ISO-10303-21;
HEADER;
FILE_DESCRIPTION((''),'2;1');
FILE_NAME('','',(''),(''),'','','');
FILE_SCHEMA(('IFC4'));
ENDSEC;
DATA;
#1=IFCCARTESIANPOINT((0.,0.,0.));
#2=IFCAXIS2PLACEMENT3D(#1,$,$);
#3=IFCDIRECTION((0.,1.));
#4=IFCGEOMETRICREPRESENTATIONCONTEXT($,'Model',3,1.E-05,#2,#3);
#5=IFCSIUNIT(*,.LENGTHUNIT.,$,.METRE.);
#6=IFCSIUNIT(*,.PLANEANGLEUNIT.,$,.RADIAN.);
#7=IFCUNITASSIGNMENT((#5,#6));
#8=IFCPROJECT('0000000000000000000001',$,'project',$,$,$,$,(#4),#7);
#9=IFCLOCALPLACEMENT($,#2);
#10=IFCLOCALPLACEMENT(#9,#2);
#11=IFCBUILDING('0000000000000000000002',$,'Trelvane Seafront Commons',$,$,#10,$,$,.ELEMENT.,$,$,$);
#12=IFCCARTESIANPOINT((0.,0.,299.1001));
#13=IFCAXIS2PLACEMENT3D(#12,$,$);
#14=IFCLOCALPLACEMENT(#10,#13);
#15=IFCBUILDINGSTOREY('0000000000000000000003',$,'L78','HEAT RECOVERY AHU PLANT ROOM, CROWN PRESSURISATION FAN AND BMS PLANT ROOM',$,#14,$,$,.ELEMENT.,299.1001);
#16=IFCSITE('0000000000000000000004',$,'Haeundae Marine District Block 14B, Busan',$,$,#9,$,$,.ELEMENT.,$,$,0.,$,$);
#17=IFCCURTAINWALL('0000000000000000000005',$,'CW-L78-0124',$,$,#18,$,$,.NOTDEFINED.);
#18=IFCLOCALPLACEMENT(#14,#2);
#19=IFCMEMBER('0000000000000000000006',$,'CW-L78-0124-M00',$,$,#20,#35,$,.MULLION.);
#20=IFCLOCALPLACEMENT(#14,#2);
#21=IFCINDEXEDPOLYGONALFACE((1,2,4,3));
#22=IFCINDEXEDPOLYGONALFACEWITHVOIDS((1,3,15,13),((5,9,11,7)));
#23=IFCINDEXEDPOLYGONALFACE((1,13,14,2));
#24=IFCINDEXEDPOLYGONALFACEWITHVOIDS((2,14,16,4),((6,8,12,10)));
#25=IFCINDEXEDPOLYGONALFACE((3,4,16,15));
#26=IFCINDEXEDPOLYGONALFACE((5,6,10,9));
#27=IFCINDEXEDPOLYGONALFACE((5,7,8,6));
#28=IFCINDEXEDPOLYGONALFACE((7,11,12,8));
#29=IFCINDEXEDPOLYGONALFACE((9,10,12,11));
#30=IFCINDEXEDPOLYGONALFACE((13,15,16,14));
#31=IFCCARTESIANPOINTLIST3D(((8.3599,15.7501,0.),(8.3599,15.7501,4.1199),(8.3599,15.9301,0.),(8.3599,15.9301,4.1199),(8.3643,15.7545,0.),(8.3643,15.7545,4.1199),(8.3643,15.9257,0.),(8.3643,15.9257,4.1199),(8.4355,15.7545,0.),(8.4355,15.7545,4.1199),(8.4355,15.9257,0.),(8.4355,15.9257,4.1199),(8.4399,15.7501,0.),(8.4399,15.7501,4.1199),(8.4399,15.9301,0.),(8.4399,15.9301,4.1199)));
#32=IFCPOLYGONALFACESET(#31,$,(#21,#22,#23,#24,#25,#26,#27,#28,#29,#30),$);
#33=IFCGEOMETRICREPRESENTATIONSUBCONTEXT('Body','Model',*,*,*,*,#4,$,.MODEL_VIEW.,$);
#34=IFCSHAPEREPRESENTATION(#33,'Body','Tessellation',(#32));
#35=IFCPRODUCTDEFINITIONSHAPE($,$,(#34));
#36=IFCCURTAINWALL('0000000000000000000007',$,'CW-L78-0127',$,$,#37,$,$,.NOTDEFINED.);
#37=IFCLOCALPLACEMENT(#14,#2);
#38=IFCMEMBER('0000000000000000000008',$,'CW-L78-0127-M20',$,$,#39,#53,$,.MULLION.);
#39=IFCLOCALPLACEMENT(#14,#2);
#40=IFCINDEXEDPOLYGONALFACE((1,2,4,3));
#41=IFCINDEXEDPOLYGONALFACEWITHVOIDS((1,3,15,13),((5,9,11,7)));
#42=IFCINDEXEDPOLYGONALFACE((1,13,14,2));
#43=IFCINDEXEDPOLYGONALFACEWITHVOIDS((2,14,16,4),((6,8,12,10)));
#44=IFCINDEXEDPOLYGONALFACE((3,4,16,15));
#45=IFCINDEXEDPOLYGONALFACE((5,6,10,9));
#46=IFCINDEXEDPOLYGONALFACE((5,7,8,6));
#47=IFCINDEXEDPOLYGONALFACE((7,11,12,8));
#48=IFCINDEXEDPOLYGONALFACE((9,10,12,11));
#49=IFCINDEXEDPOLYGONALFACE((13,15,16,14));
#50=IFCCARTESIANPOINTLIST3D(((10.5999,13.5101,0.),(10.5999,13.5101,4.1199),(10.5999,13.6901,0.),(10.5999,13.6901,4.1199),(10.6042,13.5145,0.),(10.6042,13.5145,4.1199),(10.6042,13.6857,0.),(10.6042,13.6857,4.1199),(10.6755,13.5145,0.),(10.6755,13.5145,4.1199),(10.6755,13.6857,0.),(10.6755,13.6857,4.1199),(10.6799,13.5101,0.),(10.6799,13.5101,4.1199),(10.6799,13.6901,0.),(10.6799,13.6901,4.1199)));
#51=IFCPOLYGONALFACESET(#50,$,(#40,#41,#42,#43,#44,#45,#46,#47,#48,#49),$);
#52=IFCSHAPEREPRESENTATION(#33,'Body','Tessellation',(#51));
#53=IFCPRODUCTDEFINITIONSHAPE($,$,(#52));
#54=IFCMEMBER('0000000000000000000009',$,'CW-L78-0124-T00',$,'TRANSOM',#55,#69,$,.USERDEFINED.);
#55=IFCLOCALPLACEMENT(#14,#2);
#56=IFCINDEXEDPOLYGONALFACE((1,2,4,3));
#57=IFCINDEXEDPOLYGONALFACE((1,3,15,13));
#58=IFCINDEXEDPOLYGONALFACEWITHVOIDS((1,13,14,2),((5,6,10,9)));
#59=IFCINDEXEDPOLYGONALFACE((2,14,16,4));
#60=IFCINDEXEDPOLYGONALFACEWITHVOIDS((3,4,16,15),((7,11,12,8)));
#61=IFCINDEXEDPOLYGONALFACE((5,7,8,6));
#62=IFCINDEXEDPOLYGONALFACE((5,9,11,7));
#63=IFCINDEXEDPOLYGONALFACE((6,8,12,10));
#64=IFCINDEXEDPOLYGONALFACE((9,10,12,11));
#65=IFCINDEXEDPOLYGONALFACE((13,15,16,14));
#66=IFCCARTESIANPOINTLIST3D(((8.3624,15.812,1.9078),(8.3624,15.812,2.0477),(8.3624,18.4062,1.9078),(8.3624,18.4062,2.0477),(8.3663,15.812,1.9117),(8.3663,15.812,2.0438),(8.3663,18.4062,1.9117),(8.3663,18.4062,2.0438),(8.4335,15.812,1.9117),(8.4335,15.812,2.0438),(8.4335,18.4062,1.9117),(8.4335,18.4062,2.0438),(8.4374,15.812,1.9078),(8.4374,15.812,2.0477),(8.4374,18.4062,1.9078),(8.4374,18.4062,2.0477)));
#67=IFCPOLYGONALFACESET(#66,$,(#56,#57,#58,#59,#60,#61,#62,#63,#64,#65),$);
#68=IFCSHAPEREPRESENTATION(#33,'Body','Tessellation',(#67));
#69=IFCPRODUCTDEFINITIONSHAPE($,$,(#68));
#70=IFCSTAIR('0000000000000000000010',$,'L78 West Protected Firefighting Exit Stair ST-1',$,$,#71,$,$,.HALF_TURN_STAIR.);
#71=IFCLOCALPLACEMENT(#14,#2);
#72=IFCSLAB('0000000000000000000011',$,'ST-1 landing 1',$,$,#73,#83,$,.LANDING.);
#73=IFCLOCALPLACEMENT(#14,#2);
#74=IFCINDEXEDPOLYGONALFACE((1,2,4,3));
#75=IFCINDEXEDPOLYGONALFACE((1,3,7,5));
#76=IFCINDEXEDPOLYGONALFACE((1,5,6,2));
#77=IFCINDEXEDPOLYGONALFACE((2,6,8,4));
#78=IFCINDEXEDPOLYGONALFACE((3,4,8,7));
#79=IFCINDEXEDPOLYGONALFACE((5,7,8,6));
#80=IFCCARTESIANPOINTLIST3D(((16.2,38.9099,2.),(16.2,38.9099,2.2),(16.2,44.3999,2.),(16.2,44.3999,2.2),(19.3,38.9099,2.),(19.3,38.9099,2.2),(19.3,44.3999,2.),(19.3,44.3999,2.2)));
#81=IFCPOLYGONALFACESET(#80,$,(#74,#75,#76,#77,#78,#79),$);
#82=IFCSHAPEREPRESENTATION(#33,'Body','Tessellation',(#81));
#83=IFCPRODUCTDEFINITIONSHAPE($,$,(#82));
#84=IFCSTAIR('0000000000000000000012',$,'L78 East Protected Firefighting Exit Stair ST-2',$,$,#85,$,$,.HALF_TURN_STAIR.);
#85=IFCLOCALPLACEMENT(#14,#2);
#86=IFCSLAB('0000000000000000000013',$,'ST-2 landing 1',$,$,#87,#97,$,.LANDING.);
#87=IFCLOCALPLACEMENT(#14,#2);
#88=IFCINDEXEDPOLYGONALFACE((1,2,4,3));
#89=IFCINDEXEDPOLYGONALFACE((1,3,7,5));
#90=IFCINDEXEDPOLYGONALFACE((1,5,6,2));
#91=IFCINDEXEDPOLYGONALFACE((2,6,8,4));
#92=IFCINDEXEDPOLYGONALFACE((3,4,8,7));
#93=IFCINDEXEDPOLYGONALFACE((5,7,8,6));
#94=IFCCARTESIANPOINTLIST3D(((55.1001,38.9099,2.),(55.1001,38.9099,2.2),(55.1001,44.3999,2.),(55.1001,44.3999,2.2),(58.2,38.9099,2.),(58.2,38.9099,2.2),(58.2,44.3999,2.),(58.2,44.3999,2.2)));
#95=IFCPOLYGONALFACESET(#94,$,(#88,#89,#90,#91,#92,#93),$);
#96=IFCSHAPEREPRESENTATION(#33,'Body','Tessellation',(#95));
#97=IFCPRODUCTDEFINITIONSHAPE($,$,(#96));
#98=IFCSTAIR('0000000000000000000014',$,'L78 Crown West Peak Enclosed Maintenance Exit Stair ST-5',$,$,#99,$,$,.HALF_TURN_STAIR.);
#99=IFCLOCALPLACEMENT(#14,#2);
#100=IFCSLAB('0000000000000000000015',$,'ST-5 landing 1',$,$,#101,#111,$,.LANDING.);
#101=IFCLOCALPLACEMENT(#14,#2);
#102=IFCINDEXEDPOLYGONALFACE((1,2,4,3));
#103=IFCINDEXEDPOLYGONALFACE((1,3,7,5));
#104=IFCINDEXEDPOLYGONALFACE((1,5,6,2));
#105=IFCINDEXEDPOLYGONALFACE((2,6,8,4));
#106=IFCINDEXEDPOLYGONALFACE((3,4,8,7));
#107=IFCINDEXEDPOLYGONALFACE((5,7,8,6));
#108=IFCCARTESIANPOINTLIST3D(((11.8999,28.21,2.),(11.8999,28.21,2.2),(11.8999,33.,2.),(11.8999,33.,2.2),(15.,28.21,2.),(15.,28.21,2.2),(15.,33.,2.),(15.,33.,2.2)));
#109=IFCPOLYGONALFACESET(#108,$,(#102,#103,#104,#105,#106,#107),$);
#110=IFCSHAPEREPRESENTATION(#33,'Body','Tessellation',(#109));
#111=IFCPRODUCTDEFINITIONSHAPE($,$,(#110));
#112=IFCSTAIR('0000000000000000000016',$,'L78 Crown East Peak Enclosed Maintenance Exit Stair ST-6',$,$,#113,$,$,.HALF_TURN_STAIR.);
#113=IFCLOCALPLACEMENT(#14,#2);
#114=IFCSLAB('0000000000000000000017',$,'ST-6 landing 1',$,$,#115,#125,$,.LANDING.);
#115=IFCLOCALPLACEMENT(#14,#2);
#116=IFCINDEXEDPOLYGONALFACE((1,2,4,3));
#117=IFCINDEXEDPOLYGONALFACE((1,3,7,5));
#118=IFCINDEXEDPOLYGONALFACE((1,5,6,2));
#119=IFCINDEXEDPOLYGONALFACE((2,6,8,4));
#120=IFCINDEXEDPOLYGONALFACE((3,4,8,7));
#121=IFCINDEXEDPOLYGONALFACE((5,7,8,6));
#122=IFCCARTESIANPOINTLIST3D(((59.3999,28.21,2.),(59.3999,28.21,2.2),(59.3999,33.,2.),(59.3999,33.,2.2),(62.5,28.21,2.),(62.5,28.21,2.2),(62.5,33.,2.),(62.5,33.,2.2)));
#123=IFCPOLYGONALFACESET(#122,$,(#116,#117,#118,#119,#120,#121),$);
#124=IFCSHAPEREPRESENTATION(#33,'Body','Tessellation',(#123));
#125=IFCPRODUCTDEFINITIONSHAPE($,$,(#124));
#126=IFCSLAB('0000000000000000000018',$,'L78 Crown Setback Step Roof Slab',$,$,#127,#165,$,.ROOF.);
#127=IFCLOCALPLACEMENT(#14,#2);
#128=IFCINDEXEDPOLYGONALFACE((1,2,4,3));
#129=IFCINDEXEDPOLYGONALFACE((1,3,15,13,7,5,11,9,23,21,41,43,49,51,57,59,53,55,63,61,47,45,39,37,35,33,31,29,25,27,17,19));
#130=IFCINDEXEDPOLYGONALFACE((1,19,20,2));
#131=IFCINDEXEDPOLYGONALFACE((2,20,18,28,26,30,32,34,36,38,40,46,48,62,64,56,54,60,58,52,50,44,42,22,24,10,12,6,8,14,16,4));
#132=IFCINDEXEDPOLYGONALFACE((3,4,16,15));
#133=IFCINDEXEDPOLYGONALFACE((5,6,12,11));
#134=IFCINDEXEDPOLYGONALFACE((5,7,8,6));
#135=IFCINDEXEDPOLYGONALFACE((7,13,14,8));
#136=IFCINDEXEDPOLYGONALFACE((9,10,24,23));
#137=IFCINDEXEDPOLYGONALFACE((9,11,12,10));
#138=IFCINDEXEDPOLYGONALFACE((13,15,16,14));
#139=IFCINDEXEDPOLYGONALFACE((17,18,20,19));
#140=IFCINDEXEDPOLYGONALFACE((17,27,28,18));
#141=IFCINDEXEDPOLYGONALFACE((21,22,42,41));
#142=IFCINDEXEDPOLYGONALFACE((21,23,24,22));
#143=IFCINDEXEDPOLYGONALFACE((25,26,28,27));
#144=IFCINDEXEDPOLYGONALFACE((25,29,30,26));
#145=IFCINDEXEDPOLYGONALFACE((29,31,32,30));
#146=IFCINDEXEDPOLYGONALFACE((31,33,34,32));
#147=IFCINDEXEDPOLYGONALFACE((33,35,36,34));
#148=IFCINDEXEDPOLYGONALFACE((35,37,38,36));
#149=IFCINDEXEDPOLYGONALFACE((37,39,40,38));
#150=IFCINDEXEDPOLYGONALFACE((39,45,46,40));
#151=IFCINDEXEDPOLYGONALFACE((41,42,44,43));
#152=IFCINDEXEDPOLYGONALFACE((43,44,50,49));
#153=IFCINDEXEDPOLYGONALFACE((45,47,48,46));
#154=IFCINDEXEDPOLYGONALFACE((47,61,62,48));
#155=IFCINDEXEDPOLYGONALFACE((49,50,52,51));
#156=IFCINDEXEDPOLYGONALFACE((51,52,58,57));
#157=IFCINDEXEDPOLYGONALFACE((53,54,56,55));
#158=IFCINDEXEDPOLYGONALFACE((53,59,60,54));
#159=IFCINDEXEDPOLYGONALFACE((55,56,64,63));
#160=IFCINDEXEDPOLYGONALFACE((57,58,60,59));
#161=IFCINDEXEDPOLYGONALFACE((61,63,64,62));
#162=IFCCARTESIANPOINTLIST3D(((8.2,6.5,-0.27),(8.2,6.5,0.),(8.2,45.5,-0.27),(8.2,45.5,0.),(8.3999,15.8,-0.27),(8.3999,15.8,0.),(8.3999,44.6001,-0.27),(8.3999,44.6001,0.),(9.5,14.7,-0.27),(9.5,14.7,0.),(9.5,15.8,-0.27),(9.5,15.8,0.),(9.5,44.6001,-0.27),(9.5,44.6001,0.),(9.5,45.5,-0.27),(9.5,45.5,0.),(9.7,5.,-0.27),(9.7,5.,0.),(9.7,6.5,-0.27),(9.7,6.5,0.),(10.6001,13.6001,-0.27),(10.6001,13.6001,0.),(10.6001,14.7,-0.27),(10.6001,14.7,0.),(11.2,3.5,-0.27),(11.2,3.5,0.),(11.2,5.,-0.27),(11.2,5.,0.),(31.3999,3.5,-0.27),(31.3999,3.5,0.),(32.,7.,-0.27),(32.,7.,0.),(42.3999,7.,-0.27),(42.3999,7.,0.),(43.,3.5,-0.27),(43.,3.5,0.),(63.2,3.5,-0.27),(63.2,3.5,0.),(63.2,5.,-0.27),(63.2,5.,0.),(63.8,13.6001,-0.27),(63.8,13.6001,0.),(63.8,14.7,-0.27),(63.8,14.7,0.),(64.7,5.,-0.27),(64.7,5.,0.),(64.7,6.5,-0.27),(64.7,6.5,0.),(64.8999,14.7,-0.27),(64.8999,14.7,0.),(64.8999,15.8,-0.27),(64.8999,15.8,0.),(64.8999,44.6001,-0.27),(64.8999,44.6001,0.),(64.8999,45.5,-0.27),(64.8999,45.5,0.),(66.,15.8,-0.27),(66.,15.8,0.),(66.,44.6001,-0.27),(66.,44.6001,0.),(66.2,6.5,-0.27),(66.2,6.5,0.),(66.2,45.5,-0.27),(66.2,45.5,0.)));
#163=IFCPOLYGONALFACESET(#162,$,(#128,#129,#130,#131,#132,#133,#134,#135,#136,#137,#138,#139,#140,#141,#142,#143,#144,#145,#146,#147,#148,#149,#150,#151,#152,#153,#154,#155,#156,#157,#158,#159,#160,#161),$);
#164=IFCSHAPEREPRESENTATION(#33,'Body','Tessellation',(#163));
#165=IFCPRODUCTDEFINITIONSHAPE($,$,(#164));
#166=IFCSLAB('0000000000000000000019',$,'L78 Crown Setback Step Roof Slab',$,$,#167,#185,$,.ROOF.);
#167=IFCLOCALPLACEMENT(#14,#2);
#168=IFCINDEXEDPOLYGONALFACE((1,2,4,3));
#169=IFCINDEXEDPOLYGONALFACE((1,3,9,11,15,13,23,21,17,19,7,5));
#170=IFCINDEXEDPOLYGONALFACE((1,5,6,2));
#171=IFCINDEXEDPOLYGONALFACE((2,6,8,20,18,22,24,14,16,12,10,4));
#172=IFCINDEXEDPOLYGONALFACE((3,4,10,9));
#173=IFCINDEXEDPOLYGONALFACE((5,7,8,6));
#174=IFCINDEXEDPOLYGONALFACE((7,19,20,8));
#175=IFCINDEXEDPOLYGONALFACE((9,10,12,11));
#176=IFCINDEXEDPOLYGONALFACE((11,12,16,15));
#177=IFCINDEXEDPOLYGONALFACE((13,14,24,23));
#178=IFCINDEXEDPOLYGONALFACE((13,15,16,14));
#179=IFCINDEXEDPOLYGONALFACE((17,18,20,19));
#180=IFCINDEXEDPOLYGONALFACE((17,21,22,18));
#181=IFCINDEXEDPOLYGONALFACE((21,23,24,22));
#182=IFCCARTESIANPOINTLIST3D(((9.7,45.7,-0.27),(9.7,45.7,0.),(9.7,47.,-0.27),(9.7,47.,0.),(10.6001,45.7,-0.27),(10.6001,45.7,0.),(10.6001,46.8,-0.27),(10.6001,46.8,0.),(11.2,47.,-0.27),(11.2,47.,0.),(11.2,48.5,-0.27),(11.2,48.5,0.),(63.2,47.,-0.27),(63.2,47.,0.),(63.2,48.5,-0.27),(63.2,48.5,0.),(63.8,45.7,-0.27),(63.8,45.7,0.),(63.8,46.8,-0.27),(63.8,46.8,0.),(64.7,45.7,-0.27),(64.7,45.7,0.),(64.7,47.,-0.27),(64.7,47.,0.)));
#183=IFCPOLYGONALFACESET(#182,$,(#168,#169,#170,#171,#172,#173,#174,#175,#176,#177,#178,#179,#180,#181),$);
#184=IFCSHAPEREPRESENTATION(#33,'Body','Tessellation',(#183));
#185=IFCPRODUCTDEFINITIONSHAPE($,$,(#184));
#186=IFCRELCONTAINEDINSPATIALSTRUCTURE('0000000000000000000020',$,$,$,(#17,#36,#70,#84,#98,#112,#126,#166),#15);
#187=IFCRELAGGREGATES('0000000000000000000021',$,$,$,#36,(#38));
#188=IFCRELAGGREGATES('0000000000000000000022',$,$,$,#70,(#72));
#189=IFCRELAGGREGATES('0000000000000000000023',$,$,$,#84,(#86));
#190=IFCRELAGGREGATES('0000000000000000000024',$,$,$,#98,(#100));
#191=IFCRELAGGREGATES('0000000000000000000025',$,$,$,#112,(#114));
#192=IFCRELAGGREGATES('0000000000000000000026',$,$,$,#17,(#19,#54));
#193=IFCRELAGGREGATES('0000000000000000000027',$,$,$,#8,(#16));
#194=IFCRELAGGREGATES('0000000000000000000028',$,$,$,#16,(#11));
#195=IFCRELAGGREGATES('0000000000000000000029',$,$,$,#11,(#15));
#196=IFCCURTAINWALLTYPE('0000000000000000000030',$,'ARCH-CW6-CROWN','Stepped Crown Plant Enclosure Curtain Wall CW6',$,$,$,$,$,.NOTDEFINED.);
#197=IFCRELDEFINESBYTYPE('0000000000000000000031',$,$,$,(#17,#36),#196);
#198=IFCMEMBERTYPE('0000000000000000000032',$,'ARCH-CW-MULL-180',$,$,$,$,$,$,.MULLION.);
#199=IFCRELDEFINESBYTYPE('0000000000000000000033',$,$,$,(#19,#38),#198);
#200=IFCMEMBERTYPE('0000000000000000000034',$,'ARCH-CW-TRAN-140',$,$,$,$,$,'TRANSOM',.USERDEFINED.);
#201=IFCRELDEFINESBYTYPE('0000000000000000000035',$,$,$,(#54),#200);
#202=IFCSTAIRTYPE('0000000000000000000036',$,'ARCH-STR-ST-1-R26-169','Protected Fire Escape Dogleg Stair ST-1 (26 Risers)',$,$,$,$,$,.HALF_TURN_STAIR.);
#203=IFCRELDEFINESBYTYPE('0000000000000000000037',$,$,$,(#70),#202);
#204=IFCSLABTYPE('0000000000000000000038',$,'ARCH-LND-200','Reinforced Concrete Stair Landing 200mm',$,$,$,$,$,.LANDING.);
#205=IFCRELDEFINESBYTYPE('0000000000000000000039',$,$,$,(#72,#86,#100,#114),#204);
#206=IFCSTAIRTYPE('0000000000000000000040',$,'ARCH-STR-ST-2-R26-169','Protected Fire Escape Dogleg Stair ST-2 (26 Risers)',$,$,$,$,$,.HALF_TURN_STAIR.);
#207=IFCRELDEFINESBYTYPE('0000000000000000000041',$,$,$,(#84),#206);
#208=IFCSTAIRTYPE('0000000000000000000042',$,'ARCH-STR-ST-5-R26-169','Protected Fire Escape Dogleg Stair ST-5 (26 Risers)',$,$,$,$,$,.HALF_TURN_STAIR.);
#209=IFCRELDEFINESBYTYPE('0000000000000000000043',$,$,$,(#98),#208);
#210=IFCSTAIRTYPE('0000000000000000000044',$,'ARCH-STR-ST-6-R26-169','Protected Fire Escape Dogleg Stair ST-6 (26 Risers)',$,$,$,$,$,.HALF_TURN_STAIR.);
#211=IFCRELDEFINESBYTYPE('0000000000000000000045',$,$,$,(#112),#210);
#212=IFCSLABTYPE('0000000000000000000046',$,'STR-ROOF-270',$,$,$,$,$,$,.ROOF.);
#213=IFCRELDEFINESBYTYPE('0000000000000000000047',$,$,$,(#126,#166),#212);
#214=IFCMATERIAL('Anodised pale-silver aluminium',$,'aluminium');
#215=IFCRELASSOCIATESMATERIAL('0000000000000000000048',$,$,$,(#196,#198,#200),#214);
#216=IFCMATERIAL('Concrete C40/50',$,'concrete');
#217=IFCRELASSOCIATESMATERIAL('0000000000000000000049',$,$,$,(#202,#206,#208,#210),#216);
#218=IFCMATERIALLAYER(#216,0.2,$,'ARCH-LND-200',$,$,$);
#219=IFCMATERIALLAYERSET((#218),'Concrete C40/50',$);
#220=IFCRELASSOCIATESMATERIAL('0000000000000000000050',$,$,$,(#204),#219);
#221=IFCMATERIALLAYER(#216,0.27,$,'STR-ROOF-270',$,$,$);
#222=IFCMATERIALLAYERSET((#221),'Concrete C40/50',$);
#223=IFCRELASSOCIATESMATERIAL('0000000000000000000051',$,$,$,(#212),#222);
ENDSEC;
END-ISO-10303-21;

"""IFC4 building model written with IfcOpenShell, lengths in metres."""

from ifc_helpers import new_model, si_unit, direction, frame, origin, origin_2d, place, context, subcontext, project, spatial, polyline, hollow_rectangle, outline, extrude, source, transform, mapped, material, layer, layer_set, material_profile, profile_set, type_object, element, aggregate, save


model = new_model("IFC4")

# Units and contexts
model_context = context("Model", 3, precision=1e-05, world=origin(), true_north=direction((0.0, 1.0)))
body_context = subcontext(model_context, "Body", "Model", "MODEL_VIEW")
ifc_project = project(units=[si_unit("LENGTHUNIT", "METRE"), si_unit("PLANEANGLEUNIT", "RADIAN")], contexts=[model_context])

# Site, building, storey
site_placement = place(None, origin())
site = spatial("IfcSite", under=ifc_project, at=site_placement, Name="Haeundae Marine District Block 14B, Busan", CompositionType="ELEMENT", RefElevation=0.0)
building_placement = place(site_placement, origin())
building = spatial("IfcBuilding", under=site, at=building_placement, Name="Trelvane Seafront Commons", CompositionType="ELEMENT")
storey_placement = place(building_placement, frame((0.0, 0.0, 299.1001)))
storey = spatial("IfcBuildingStorey", under=building, at=storey_placement, Name="L78", Description="HEAT RECOVERY AHU PLANT ROOM, CROWN PRESSURISATION FAN AND BMS PLANT ROOM", CompositionType="ELEMENT", Elevation=299.1001)

# Curtain walls, members
ifc_material_1 = material(Name="Anodised pale-silver aluminium", Category="aluminium")
curtain_wall_type = type_object("IfcCurtainWallType", Name="ARCH-CW6-CROWN", Description="Stepped Crown Plant Enclosure Curtain Wall CW6", PredefinedType="NOTDEFINED", material=ifc_material_1)
curtain_wall_1_placement = place(storey_placement, origin())
curtain_wall_1 = element("IfcCurtainWall", 1, at=curtain_wall_1_placement, inside=storey, type_object=curtain_wall_type, Name="CW-L78-0124", PredefinedType="NOTDEFINED")
ifc_material_profile_1 = material_profile(ifc_material_1, hollow_rectangle(XDim=0.0801, YDim=0.1799, WallThickness=0.0044, at=origin_2d()), Name="MULL-80x180x4.5")
ifc_profile_set_1 = profile_set([ifc_material_profile_1], Name="Anodised pale-silver aluminium")
member_type_1 = type_object("IfcMemberType", Name="ARCH-CW-MULL-180", PredefinedType="MULLION", material=ifc_profile_set_1)
shared_shape_1 = source(origin(), body_context, "Body", "SweptSolid", [
    extrude(hollow_rectangle(XDim=0.0801, YDim=0.1799, WallThickness=0.0044, at=origin_2d()), origin(), (0.0, 0.0, 1.0), 4.1199),
])
member_1_placement = place(storey_placement, frame((8.3999, 15.8401, 0.0), z_axis=(0.0, 0.0, 1.0), x_axis=(1.0, 0.0, 0.0)))
member_1 = element("IfcMember", 2, at=member_1_placement, type_object=member_type_1, Name="CW-L78-0124-M00", PredefinedType="MULLION", context=body_context, shape_type="MappedRepresentation", body=[
    mapped(shared_shape_1, transform((0.0, 0.0, 0.0), x_axis=(1.0, 0.0, 0.0), y_axis=(0.0, 1.0, 0.0), z_axis=(0.0, 0.0, 1.0), scale=1.0)),
])
curtain_wall_2_placement = place(storey_placement, origin())
curtain_wall_2 = element("IfcCurtainWall", 3, at=curtain_wall_2_placement, inside=storey, type_object=curtain_wall_type, Name="CW-L78-0127", PredefinedType="NOTDEFINED")
member_2_placement = place(storey_placement, frame((10.6399, 13.6001, 0.0), z_axis=(0.0, 0.0, 1.0), x_axis=(1.0, 0.0, 0.0)))
member_2 = element("IfcMember", 4, at=member_2_placement, type_object=member_type_1, Name="CW-L78-0127-M20", PredefinedType="MULLION", context=body_context, shape_type="MappedRepresentation", body=[
    mapped(shared_shape_1, transform((0.0, 0.0, 0.0), x_axis=(1.0, 0.0, 0.0), y_axis=(0.0, 1.0, 0.0), z_axis=(0.0, 0.0, 1.0), scale=1.0)),
])
aggregate(curtain_wall_2, [member_2])

# Member
ifc_material_profile_2 = material_profile(ifc_material_1, hollow_rectangle(XDim=0.075, YDim=0.1399, WallThickness=0.0039, at=origin_2d()), Name="TRAN-75x140x4")
ifc_profile_set_2 = profile_set([ifc_material_profile_2], Name="Anodised pale-silver aluminium")
member_type_2 = type_object("IfcMemberType", Name="ARCH-CW-TRAN-140", ElementType="TRANSOM", PredefinedType="USERDEFINED", material=ifc_profile_set_2)
shared_shape_2 = source(origin(), body_context, "Body", "SweptSolid", [
    extrude(hollow_rectangle(XDim=0.075, YDim=0.1399, WallThickness=0.0039, at=origin_2d()), origin(), (0.0, 0.0, 1.0), 2.5942),
])
member_3_placement = place(storey_placement, frame((8.3999, 15.812, 1.9778), z_axis=(0.0, 1.0, 0.0), x_axis=(-1.0, 0.0, 0.0)))
member_3 = element("IfcMember", 5, at=member_3_placement, type_object=member_type_2, Name="CW-L78-0124-T00", ObjectType="TRANSOM", PredefinedType="USERDEFINED", context=body_context, shape_type="MappedRepresentation", body=[
    mapped(shared_shape_2, transform((0.0, 0.0, 0.0), x_axis=(1.0, 0.0, 0.0), y_axis=(0.0, 1.0, 0.0), z_axis=(0.0, 0.0, 1.0), scale=1.0)),
])

# Stairs, slabs
ifc_material_2 = material(Name="Concrete C40/50", Category="concrete")
stair_type_1 = type_object("IfcStairType", Name="ARCH-STR-ST-1-R26-169", Description="Protected Fire Escape Dogleg Stair ST-1 (26 Risers)", PredefinedType="HALF_TURN_STAIR", material=ifc_material_2)
stair_1_placement = place(storey_placement, origin())
stair_1 = element("IfcStair", 6, at=stair_1_placement, inside=storey, type_object=stair_type_1, Name="L78 West Protected Firefighting Exit Stair ST-1", PredefinedType="HALF_TURN_STAIR")
ifc_layer_1 = layer(ifc_material_2, 0.2, Name="ARCH-LND-200")
ifc_layer_set_1 = layer_set([ifc_layer_1], Name="Concrete C40/50")
slab_type_1 = type_object("IfcSlabType", Name="ARCH-LND-200", Description="Reinforced Concrete Stair Landing 200mm", PredefinedType="LANDING", material=ifc_layer_set_1)
slab_1_placement = place(storey_placement, frame((0.0, 0.0, 2.0)))
slab_1 = element("IfcSlab", 7, at=slab_1_placement, type_object=slab_type_1, Name="ST-1 landing 1", PredefinedType="LANDING", context=body_context, shape_type="SweptSolid", body=[
    extrude(outline(polyline([(19.3, 38.9099), (19.3, 44.3999), (16.2, 44.3999), (16.2, 38.9099), (19.3, 38.9099)])), origin(), (0.0, 0.0, 1.0), 0.2),
])
aggregate(stair_1, [slab_1])
stair_type_2 = type_object("IfcStairType", Name="ARCH-STR-ST-2-R26-169", Description="Protected Fire Escape Dogleg Stair ST-2 (26 Risers)", PredefinedType="HALF_TURN_STAIR", material=ifc_material_2)
stair_2_placement = place(storey_placement, origin())
stair_2 = element("IfcStair", 8, at=stair_2_placement, inside=storey, type_object=stair_type_2, Name="L78 East Protected Firefighting Exit Stair ST-2", PredefinedType="HALF_TURN_STAIR")
slab_2_placement = place(storey_placement, frame((0.0, 0.0, 2.0)))
slab_2 = element("IfcSlab", 9, at=slab_2_placement, type_object=slab_type_1, Name="ST-2 landing 1", PredefinedType="LANDING", context=body_context, shape_type="SweptSolid", body=[
    extrude(outline(polyline([(58.2, 38.9099), (58.2, 44.3999), (55.1001, 44.3999), (55.1001, 38.9099), (58.2, 38.9099)])), origin(), (0.0, 0.0, 1.0), 0.2),
])
aggregate(stair_2, [slab_2])
stair_type_3 = type_object("IfcStairType", Name="ARCH-STR-ST-5-R26-169", Description="Protected Fire Escape Dogleg Stair ST-5 (26 Risers)", PredefinedType="HALF_TURN_STAIR", material=ifc_material_2)
stair_3_placement = place(storey_placement, origin())
stair_3 = element("IfcStair", 10, at=stair_3_placement, inside=storey, type_object=stair_type_3, Name="L78 Crown West Peak Enclosed Maintenance Exit Stair ST-5", PredefinedType="HALF_TURN_STAIR")
slab_3_placement = place(storey_placement, frame((0.0, 0.0, 2.0)))
slab_3 = element("IfcSlab", 11, at=slab_3_placement, type_object=slab_type_1, Name="ST-5 landing 1", PredefinedType="LANDING", context=body_context, shape_type="SweptSolid", body=[
    extrude(outline(polyline([(15.0, 28.21), (15.0, 33.0), (11.8999, 33.0), (11.8999, 28.21), (15.0, 28.21)])), origin(), (0.0, 0.0, 1.0), 0.2),
])
aggregate(stair_3, [slab_3])
stair_type_4 = type_object("IfcStairType", Name="ARCH-STR-ST-6-R26-169", Description="Protected Fire Escape Dogleg Stair ST-6 (26 Risers)", PredefinedType="HALF_TURN_STAIR", material=ifc_material_2)
stair_4_placement = place(storey_placement, origin())
stair_4 = element("IfcStair", 12, at=stair_4_placement, inside=storey, type_object=stair_type_4, Name="L78 Crown East Peak Enclosed Maintenance Exit Stair ST-6", PredefinedType="HALF_TURN_STAIR")
slab_4_placement = place(storey_placement, frame((0.0, 0.0, 2.0)))
slab_4 = element("IfcSlab", 13, at=slab_4_placement, type_object=slab_type_1, Name="ST-6 landing 1", PredefinedType="LANDING", context=body_context, shape_type="SweptSolid", body=[
    extrude(outline(polyline([(62.5, 28.21), (62.5, 33.0), (59.3999, 33.0), (59.3999, 28.21), (62.5, 28.21)])), origin(), (0.0, 0.0, 1.0), 0.2),
])
aggregate(stair_4, [slab_4])

# Slabs
ifc_layer_2 = layer(ifc_material_2, 0.27, Name="STR-ROOF-270")
ifc_layer_set_2 = layer_set([ifc_layer_2], Name="Concrete C40/50")
slab_type_2 = type_object("IfcSlabType", Name="STR-ROOF-270", PredefinedType="ROOF", material=ifc_layer_set_2)
slab_5_placement = place(storey_placement, frame((0.0, 0.0, -0.27)))
element("IfcSlab", 14, at=slab_5_placement, inside=storey, type_object=slab_type_2, Name="L78 Crown Setback Step Roof Slab", PredefinedType="ROOF", context=body_context, shape_type="SweptSolid", body=[
    extrude(outline(polyline([(64.8999, 45.5), (64.8999, 44.6001), (66.0, 44.6001), (66.0, 15.8), (64.8999, 15.8), (64.8999, 14.7), (63.8, 14.7), (63.8, 13.6001), (10.6001, 13.6001), (10.6001, 14.7), (9.5, 14.7), (9.5, 15.8), (8.3999, 15.8), (8.3999, 44.6001), (9.5, 44.6001), (9.5, 45.5), (8.2, 45.5), (8.2, 6.5), (9.7, 6.5), (9.7, 5.0), (11.2, 5.0), (11.2, 3.5), (31.3999, 3.5), (32.0, 7.0), (42.3999, 7.0), (43.0, 3.5), (63.2, 3.5), (63.2, 5.0), (64.7, 5.0), (64.7, 6.5), (66.2, 6.5), (66.2, 45.5), (64.8999, 45.5)])), origin(), (0.0, 0.0, 1.0), 0.27),
])
slab_6_placement = place(storey_placement, frame((0.0, 0.0, -0.27)))
element("IfcSlab", 15, at=slab_6_placement, inside=storey, type_object=slab_type_2, Name="L78 Crown Setback Step Roof Slab", PredefinedType="ROOF", context=body_context, shape_type="SweptSolid", body=[
    extrude(outline(polyline([(9.7, 45.7), (10.6001, 45.7), (10.6001, 46.8), (63.8, 46.8), (63.8, 45.7), (64.7, 45.7), (64.7, 47.0), (63.2, 47.0), (63.2, 48.5), (11.2, 48.5), (11.2, 47.0), (9.7, 47.0), (9.7, 45.7)])), origin(), (0.0, 0.0, 1.0), 0.27),
])

aggregate(curtain_wall_1, [member_1, member_3])

save(model, "model.ifc")
